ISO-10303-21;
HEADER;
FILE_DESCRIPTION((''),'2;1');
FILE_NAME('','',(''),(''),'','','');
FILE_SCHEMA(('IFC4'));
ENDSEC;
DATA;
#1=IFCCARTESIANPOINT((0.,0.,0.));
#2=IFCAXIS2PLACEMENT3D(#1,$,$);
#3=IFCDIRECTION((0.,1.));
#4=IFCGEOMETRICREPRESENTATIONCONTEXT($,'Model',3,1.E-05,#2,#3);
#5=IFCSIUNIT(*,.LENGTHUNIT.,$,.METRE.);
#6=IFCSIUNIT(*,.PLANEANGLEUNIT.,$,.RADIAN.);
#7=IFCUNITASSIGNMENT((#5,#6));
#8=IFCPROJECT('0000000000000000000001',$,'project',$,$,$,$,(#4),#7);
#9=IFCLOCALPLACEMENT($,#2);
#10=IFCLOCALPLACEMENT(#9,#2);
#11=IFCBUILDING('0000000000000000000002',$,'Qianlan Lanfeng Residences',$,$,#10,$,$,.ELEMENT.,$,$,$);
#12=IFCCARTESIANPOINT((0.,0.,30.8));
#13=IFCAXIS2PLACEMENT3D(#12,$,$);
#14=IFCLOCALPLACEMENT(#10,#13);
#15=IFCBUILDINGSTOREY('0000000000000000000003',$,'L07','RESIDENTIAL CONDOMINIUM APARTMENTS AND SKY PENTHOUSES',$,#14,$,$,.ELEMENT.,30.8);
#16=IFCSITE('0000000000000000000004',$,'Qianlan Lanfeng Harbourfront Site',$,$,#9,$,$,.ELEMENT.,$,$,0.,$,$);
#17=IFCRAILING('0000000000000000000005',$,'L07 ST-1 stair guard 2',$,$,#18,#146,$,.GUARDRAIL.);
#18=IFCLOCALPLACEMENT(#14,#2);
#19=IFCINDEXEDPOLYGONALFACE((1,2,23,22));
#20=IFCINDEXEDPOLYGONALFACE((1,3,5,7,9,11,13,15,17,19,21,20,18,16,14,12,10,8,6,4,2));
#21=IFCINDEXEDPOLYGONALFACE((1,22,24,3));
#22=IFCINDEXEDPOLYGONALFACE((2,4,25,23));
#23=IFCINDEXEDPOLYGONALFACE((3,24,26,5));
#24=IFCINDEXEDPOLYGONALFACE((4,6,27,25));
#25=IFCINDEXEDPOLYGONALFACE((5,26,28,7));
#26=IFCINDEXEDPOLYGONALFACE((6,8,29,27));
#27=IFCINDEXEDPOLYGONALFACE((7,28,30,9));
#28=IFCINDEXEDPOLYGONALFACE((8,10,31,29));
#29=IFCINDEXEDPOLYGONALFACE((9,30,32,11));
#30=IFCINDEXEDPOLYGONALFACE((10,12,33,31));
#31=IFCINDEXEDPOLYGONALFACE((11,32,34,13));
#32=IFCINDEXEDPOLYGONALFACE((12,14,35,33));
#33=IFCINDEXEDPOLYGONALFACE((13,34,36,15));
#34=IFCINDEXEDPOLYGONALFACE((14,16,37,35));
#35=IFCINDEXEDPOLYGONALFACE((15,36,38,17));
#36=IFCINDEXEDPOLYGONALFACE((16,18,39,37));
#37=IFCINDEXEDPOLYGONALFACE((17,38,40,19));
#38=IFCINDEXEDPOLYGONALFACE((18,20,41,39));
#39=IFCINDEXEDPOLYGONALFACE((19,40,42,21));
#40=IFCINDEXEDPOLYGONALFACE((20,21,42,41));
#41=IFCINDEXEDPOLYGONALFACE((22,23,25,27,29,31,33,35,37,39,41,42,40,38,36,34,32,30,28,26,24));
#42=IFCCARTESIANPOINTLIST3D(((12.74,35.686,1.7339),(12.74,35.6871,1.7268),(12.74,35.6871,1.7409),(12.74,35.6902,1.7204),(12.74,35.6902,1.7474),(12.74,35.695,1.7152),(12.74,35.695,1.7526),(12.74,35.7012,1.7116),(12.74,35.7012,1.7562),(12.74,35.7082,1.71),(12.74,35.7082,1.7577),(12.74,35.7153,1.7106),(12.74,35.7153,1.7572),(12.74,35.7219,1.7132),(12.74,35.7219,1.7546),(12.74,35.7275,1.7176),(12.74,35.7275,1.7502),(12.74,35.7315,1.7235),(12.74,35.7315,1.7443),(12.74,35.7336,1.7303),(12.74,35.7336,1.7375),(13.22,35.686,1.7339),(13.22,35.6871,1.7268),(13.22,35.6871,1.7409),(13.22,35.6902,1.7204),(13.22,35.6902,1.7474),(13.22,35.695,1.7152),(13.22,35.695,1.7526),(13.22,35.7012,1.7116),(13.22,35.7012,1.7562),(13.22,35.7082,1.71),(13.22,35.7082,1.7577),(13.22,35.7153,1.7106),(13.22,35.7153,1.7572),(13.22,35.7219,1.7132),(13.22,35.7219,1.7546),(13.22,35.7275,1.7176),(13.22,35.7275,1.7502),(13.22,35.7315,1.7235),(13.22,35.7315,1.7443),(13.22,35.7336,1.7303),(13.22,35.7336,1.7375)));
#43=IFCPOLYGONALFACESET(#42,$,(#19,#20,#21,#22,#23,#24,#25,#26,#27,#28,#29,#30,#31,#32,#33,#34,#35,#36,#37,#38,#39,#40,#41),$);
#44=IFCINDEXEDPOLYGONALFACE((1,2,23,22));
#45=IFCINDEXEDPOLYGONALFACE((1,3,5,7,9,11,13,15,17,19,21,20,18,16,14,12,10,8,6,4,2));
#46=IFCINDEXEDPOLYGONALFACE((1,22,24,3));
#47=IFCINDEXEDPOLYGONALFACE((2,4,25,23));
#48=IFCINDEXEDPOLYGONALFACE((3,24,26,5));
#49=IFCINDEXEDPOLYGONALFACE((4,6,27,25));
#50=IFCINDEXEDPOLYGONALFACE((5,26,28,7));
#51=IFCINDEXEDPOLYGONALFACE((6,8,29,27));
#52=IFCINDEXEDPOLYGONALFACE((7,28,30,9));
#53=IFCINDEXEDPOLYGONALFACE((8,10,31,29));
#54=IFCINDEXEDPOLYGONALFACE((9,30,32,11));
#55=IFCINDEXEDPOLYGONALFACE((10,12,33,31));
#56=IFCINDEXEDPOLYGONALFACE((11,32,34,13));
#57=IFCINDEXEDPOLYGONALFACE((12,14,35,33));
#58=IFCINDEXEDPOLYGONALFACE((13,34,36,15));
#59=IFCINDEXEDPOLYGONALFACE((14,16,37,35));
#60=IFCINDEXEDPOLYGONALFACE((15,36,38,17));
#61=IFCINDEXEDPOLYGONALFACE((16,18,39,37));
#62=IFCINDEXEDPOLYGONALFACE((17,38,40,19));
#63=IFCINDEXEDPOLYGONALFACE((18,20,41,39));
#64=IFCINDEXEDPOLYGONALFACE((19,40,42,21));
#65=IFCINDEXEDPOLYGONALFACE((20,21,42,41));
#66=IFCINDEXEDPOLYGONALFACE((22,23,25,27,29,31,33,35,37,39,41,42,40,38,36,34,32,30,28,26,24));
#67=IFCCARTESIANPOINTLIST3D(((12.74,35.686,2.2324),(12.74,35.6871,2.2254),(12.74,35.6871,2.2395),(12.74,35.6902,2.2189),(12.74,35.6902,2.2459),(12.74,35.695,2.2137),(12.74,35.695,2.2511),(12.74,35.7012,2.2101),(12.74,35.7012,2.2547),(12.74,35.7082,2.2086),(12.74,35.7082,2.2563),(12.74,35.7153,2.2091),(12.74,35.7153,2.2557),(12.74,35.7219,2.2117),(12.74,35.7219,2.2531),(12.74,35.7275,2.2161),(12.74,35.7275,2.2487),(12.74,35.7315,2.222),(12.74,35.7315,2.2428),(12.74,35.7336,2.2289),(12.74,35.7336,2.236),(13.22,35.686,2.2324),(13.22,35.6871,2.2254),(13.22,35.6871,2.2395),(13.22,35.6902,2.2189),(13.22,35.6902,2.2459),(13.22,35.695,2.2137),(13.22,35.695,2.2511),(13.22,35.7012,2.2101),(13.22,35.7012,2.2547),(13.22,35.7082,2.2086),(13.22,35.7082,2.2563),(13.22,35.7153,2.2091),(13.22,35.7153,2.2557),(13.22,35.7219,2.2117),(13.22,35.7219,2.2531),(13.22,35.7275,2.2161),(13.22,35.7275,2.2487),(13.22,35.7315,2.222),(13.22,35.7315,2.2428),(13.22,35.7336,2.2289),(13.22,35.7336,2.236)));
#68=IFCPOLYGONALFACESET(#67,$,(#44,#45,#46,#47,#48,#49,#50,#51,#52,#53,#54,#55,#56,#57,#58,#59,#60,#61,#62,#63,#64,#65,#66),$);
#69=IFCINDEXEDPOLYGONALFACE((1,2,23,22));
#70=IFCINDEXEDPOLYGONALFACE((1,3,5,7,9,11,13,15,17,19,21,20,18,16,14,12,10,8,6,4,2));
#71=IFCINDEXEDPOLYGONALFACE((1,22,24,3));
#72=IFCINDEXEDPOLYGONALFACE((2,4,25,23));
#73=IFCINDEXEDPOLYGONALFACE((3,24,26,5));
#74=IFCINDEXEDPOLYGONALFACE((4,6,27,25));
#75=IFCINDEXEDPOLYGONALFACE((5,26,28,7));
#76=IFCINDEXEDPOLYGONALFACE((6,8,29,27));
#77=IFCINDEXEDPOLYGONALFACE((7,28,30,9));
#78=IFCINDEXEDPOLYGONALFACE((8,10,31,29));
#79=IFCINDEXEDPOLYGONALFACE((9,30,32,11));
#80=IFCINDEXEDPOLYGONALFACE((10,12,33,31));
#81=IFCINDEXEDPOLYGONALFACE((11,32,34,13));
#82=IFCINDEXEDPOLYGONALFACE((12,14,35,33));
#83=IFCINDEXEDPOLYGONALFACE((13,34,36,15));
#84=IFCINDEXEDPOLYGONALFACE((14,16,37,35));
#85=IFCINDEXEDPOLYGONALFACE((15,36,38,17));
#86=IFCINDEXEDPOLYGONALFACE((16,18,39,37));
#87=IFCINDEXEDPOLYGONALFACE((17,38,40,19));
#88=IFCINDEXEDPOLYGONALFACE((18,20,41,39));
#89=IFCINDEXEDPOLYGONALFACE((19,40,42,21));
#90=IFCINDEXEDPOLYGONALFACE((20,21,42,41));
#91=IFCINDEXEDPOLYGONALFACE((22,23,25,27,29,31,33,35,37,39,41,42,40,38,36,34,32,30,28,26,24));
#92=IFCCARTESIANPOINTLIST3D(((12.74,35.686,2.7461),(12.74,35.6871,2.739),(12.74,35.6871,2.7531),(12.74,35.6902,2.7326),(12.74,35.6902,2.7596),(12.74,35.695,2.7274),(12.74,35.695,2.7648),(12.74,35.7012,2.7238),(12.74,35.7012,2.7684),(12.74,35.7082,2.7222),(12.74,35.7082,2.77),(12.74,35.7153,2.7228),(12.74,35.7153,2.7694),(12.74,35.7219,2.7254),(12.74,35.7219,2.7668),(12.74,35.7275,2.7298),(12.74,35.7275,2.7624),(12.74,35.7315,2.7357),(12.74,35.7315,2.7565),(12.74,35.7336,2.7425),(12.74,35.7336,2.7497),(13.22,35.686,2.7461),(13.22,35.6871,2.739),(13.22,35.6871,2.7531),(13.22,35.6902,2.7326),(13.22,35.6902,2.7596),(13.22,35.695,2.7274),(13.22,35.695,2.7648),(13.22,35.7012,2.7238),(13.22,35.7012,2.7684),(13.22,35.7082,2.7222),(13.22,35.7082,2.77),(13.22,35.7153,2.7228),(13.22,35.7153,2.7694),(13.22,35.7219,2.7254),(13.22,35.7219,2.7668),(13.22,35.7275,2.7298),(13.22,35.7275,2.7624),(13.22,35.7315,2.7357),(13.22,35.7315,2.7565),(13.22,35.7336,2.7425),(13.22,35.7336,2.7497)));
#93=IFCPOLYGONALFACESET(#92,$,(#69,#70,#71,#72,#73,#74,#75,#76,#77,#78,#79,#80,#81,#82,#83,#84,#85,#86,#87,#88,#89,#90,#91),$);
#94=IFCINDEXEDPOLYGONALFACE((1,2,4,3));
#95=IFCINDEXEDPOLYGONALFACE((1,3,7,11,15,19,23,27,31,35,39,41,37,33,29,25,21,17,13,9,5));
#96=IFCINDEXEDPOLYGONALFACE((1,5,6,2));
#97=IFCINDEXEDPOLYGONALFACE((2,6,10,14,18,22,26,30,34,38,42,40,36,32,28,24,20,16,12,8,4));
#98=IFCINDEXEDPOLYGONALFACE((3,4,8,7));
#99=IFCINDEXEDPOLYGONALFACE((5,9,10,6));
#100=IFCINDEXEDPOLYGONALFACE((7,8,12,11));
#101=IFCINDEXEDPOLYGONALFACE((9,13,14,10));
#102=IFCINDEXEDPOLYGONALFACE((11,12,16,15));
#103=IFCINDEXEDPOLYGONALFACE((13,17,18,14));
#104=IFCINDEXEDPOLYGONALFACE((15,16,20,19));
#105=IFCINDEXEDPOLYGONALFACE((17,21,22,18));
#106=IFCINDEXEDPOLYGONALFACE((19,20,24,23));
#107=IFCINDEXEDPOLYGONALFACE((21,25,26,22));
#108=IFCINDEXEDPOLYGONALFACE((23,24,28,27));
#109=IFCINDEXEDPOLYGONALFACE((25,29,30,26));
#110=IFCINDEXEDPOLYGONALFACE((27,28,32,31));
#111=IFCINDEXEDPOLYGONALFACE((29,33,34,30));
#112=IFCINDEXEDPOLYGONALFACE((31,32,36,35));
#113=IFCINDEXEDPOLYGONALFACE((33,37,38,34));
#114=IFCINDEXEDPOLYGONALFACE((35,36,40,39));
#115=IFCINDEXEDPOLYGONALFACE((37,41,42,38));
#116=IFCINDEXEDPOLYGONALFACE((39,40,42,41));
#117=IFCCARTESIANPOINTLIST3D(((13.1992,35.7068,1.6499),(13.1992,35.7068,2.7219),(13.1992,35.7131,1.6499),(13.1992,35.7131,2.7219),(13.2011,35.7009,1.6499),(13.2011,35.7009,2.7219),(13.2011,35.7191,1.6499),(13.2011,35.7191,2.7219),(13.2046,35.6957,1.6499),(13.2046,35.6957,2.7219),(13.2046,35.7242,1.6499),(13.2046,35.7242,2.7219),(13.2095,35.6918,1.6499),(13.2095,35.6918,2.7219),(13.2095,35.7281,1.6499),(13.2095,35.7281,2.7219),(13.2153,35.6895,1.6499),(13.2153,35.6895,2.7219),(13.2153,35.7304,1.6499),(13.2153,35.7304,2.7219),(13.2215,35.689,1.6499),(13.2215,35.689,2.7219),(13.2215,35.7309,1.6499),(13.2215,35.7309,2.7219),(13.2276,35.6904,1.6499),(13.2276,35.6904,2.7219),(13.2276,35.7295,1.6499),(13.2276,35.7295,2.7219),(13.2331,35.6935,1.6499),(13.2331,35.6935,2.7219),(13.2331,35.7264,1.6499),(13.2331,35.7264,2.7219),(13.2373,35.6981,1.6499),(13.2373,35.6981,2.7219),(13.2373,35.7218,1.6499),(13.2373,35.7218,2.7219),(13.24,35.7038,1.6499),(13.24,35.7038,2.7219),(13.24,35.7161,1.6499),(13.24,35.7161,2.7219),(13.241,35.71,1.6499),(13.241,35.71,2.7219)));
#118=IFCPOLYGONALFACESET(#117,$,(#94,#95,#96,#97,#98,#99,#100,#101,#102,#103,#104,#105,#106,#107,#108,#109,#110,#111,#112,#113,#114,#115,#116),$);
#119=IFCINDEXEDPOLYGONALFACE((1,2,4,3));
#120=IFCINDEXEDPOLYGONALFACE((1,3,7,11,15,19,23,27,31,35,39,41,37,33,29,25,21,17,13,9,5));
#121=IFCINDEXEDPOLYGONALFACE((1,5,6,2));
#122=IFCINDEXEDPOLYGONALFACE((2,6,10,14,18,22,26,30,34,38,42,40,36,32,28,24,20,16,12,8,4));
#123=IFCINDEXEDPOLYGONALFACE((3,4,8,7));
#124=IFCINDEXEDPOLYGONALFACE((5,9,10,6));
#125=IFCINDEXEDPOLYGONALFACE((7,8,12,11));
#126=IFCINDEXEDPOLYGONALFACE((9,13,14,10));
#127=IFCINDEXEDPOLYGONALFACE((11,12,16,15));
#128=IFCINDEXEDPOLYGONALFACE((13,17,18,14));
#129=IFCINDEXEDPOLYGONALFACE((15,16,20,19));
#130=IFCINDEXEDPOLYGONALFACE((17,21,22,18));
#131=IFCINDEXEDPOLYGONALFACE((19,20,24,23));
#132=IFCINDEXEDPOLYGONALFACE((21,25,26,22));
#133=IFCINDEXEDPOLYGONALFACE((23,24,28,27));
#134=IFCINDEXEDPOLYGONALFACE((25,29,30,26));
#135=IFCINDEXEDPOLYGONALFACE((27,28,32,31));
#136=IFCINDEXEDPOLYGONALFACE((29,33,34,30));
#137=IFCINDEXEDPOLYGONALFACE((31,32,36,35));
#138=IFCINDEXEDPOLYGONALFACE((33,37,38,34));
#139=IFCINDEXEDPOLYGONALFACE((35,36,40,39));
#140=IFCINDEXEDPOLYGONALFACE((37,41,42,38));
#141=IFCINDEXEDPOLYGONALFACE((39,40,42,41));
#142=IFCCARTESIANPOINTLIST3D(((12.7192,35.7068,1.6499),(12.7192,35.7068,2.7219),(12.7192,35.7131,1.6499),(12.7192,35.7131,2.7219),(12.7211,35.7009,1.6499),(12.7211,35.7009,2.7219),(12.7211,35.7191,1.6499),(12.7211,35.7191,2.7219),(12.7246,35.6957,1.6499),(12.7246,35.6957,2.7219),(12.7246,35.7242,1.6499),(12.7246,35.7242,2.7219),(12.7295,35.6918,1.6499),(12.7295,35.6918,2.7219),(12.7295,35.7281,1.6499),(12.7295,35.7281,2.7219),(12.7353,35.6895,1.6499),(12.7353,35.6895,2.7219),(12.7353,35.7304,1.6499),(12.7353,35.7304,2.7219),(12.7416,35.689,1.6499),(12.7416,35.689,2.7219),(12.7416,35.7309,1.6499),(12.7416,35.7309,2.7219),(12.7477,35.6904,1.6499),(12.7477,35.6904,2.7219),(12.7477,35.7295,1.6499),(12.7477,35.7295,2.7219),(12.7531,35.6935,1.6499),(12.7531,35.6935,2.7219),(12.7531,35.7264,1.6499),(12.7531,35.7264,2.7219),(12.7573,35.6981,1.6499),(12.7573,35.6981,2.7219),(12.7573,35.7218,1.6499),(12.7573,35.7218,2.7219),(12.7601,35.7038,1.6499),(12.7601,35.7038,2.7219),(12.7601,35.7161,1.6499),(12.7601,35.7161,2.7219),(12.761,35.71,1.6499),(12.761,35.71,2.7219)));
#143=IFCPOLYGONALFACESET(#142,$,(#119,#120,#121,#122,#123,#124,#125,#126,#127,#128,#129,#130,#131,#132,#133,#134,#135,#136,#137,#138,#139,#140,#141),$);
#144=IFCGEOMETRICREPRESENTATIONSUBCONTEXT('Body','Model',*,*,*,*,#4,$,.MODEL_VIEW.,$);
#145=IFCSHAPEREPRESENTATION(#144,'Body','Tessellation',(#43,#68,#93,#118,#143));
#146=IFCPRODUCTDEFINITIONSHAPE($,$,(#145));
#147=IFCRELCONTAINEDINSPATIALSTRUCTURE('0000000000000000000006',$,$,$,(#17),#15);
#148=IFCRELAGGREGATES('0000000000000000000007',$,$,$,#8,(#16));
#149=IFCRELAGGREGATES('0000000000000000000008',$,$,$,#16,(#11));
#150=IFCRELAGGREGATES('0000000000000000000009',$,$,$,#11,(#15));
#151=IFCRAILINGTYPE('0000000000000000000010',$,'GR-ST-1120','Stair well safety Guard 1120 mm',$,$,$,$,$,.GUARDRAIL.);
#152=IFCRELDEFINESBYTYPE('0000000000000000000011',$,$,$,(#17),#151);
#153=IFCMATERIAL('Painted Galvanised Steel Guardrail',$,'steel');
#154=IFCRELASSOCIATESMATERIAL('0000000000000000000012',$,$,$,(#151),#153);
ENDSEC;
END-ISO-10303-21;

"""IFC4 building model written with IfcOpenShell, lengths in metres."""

from ifc_helpers import new_model, si_unit, direction, frame, origin, origin_2d, place, context, subcontext, project, spatial, circle, extrude, material, type_object, element, save


model = new_model("IFC4")

# Units and contexts
model_context = context("Model", 3, precision=1e-05, world=origin(), true_north=direction((0.0, 1.0)))
body_context = subcontext(model_context, "Body", "Model", "MODEL_VIEW")
ifc_project = project(units=[si_unit("LENGTHUNIT", "METRE"), si_unit("PLANEANGLEUNIT", "RADIAN")], contexts=[model_context])

# Site, building, storey
site_placement = place(None, origin())
site = spatial("IfcSite", under=ifc_project, at=site_placement, Name="Qianlan Lanfeng Harbourfront Site", CompositionType="ELEMENT", RefElevation=0.0)
building_placement = place(site_placement, origin())
building = spatial("IfcBuilding", under=site, at=building_placement, Name="Qianlan Lanfeng Residences", CompositionType="ELEMENT")
storey_placement = place(building_placement, frame((0.0, 0.0, 30.8)))
storey = spatial("IfcBuildingStorey", under=building, at=storey_placement, Name="L07", Description="RESIDENTIAL CONDOMINIUM APARTMENTS AND SKY PENTHOUSES", CompositionType="ELEMENT", Elevation=30.8)

# Railing
ifc_material_1 = material(Name="Painted Galvanised Steel Guardrail", Category="steel")
railing_type_1 = type_object("IfcRailingType", Name="GR-ST-1120", Description="Stair well safety Guard 1120 mm", PredefinedType="GUARDRAIL", material=ifc_material_1)
railing_1_placement = place(storey_placement, frame((13.22, 35.71, 1.6499)))
element("IfcRailing", 1, at=railing_1_placement, inside=storey, type_object=railing_type_1, Name="L07 ST-1 stair guard 2", PredefinedType="GUARDRAIL", context=body_context, shape_type="SweptSolid", body=[
    extrude(circle(Radius=0.0239, at=origin_2d()), frame((0.0, 0.0, 0.084), z_axis=(-1.0, 0.0, 0.0), x_axis=(0.0, -1.0, 0.0)), (0.0, 0.0, 1.0), 0.48),
    extrude(circle(Radius=0.0239, at=origin_2d()), frame((0.0, 0.0, 0.5825), z_axis=(-1.0, 0.0, 0.0), x_axis=(0.0, -1.0, 0.0)), (0.0, 0.0, 1.0), 0.48),
    extrude(circle(Radius=0.0239, at=origin_2d()), frame((0.0, 0.0, 1.0962), z_axis=(-1.0, 0.0, 0.0), x_axis=(0.0, -1.0, 0.0)), (0.0, 0.0, 1.0), 0.48),
    extrude(circle(Radius=0.021, at=origin_2d()), origin(), (0.0, 0.0, 1.0), 1.072),
    extrude(circle(Radius=0.021, at=origin_2d()), frame((-0.48, 0.0, 0.0)), (0.0, 0.0, 1.0), 1.072),
])

save(model, "model.ifc")
